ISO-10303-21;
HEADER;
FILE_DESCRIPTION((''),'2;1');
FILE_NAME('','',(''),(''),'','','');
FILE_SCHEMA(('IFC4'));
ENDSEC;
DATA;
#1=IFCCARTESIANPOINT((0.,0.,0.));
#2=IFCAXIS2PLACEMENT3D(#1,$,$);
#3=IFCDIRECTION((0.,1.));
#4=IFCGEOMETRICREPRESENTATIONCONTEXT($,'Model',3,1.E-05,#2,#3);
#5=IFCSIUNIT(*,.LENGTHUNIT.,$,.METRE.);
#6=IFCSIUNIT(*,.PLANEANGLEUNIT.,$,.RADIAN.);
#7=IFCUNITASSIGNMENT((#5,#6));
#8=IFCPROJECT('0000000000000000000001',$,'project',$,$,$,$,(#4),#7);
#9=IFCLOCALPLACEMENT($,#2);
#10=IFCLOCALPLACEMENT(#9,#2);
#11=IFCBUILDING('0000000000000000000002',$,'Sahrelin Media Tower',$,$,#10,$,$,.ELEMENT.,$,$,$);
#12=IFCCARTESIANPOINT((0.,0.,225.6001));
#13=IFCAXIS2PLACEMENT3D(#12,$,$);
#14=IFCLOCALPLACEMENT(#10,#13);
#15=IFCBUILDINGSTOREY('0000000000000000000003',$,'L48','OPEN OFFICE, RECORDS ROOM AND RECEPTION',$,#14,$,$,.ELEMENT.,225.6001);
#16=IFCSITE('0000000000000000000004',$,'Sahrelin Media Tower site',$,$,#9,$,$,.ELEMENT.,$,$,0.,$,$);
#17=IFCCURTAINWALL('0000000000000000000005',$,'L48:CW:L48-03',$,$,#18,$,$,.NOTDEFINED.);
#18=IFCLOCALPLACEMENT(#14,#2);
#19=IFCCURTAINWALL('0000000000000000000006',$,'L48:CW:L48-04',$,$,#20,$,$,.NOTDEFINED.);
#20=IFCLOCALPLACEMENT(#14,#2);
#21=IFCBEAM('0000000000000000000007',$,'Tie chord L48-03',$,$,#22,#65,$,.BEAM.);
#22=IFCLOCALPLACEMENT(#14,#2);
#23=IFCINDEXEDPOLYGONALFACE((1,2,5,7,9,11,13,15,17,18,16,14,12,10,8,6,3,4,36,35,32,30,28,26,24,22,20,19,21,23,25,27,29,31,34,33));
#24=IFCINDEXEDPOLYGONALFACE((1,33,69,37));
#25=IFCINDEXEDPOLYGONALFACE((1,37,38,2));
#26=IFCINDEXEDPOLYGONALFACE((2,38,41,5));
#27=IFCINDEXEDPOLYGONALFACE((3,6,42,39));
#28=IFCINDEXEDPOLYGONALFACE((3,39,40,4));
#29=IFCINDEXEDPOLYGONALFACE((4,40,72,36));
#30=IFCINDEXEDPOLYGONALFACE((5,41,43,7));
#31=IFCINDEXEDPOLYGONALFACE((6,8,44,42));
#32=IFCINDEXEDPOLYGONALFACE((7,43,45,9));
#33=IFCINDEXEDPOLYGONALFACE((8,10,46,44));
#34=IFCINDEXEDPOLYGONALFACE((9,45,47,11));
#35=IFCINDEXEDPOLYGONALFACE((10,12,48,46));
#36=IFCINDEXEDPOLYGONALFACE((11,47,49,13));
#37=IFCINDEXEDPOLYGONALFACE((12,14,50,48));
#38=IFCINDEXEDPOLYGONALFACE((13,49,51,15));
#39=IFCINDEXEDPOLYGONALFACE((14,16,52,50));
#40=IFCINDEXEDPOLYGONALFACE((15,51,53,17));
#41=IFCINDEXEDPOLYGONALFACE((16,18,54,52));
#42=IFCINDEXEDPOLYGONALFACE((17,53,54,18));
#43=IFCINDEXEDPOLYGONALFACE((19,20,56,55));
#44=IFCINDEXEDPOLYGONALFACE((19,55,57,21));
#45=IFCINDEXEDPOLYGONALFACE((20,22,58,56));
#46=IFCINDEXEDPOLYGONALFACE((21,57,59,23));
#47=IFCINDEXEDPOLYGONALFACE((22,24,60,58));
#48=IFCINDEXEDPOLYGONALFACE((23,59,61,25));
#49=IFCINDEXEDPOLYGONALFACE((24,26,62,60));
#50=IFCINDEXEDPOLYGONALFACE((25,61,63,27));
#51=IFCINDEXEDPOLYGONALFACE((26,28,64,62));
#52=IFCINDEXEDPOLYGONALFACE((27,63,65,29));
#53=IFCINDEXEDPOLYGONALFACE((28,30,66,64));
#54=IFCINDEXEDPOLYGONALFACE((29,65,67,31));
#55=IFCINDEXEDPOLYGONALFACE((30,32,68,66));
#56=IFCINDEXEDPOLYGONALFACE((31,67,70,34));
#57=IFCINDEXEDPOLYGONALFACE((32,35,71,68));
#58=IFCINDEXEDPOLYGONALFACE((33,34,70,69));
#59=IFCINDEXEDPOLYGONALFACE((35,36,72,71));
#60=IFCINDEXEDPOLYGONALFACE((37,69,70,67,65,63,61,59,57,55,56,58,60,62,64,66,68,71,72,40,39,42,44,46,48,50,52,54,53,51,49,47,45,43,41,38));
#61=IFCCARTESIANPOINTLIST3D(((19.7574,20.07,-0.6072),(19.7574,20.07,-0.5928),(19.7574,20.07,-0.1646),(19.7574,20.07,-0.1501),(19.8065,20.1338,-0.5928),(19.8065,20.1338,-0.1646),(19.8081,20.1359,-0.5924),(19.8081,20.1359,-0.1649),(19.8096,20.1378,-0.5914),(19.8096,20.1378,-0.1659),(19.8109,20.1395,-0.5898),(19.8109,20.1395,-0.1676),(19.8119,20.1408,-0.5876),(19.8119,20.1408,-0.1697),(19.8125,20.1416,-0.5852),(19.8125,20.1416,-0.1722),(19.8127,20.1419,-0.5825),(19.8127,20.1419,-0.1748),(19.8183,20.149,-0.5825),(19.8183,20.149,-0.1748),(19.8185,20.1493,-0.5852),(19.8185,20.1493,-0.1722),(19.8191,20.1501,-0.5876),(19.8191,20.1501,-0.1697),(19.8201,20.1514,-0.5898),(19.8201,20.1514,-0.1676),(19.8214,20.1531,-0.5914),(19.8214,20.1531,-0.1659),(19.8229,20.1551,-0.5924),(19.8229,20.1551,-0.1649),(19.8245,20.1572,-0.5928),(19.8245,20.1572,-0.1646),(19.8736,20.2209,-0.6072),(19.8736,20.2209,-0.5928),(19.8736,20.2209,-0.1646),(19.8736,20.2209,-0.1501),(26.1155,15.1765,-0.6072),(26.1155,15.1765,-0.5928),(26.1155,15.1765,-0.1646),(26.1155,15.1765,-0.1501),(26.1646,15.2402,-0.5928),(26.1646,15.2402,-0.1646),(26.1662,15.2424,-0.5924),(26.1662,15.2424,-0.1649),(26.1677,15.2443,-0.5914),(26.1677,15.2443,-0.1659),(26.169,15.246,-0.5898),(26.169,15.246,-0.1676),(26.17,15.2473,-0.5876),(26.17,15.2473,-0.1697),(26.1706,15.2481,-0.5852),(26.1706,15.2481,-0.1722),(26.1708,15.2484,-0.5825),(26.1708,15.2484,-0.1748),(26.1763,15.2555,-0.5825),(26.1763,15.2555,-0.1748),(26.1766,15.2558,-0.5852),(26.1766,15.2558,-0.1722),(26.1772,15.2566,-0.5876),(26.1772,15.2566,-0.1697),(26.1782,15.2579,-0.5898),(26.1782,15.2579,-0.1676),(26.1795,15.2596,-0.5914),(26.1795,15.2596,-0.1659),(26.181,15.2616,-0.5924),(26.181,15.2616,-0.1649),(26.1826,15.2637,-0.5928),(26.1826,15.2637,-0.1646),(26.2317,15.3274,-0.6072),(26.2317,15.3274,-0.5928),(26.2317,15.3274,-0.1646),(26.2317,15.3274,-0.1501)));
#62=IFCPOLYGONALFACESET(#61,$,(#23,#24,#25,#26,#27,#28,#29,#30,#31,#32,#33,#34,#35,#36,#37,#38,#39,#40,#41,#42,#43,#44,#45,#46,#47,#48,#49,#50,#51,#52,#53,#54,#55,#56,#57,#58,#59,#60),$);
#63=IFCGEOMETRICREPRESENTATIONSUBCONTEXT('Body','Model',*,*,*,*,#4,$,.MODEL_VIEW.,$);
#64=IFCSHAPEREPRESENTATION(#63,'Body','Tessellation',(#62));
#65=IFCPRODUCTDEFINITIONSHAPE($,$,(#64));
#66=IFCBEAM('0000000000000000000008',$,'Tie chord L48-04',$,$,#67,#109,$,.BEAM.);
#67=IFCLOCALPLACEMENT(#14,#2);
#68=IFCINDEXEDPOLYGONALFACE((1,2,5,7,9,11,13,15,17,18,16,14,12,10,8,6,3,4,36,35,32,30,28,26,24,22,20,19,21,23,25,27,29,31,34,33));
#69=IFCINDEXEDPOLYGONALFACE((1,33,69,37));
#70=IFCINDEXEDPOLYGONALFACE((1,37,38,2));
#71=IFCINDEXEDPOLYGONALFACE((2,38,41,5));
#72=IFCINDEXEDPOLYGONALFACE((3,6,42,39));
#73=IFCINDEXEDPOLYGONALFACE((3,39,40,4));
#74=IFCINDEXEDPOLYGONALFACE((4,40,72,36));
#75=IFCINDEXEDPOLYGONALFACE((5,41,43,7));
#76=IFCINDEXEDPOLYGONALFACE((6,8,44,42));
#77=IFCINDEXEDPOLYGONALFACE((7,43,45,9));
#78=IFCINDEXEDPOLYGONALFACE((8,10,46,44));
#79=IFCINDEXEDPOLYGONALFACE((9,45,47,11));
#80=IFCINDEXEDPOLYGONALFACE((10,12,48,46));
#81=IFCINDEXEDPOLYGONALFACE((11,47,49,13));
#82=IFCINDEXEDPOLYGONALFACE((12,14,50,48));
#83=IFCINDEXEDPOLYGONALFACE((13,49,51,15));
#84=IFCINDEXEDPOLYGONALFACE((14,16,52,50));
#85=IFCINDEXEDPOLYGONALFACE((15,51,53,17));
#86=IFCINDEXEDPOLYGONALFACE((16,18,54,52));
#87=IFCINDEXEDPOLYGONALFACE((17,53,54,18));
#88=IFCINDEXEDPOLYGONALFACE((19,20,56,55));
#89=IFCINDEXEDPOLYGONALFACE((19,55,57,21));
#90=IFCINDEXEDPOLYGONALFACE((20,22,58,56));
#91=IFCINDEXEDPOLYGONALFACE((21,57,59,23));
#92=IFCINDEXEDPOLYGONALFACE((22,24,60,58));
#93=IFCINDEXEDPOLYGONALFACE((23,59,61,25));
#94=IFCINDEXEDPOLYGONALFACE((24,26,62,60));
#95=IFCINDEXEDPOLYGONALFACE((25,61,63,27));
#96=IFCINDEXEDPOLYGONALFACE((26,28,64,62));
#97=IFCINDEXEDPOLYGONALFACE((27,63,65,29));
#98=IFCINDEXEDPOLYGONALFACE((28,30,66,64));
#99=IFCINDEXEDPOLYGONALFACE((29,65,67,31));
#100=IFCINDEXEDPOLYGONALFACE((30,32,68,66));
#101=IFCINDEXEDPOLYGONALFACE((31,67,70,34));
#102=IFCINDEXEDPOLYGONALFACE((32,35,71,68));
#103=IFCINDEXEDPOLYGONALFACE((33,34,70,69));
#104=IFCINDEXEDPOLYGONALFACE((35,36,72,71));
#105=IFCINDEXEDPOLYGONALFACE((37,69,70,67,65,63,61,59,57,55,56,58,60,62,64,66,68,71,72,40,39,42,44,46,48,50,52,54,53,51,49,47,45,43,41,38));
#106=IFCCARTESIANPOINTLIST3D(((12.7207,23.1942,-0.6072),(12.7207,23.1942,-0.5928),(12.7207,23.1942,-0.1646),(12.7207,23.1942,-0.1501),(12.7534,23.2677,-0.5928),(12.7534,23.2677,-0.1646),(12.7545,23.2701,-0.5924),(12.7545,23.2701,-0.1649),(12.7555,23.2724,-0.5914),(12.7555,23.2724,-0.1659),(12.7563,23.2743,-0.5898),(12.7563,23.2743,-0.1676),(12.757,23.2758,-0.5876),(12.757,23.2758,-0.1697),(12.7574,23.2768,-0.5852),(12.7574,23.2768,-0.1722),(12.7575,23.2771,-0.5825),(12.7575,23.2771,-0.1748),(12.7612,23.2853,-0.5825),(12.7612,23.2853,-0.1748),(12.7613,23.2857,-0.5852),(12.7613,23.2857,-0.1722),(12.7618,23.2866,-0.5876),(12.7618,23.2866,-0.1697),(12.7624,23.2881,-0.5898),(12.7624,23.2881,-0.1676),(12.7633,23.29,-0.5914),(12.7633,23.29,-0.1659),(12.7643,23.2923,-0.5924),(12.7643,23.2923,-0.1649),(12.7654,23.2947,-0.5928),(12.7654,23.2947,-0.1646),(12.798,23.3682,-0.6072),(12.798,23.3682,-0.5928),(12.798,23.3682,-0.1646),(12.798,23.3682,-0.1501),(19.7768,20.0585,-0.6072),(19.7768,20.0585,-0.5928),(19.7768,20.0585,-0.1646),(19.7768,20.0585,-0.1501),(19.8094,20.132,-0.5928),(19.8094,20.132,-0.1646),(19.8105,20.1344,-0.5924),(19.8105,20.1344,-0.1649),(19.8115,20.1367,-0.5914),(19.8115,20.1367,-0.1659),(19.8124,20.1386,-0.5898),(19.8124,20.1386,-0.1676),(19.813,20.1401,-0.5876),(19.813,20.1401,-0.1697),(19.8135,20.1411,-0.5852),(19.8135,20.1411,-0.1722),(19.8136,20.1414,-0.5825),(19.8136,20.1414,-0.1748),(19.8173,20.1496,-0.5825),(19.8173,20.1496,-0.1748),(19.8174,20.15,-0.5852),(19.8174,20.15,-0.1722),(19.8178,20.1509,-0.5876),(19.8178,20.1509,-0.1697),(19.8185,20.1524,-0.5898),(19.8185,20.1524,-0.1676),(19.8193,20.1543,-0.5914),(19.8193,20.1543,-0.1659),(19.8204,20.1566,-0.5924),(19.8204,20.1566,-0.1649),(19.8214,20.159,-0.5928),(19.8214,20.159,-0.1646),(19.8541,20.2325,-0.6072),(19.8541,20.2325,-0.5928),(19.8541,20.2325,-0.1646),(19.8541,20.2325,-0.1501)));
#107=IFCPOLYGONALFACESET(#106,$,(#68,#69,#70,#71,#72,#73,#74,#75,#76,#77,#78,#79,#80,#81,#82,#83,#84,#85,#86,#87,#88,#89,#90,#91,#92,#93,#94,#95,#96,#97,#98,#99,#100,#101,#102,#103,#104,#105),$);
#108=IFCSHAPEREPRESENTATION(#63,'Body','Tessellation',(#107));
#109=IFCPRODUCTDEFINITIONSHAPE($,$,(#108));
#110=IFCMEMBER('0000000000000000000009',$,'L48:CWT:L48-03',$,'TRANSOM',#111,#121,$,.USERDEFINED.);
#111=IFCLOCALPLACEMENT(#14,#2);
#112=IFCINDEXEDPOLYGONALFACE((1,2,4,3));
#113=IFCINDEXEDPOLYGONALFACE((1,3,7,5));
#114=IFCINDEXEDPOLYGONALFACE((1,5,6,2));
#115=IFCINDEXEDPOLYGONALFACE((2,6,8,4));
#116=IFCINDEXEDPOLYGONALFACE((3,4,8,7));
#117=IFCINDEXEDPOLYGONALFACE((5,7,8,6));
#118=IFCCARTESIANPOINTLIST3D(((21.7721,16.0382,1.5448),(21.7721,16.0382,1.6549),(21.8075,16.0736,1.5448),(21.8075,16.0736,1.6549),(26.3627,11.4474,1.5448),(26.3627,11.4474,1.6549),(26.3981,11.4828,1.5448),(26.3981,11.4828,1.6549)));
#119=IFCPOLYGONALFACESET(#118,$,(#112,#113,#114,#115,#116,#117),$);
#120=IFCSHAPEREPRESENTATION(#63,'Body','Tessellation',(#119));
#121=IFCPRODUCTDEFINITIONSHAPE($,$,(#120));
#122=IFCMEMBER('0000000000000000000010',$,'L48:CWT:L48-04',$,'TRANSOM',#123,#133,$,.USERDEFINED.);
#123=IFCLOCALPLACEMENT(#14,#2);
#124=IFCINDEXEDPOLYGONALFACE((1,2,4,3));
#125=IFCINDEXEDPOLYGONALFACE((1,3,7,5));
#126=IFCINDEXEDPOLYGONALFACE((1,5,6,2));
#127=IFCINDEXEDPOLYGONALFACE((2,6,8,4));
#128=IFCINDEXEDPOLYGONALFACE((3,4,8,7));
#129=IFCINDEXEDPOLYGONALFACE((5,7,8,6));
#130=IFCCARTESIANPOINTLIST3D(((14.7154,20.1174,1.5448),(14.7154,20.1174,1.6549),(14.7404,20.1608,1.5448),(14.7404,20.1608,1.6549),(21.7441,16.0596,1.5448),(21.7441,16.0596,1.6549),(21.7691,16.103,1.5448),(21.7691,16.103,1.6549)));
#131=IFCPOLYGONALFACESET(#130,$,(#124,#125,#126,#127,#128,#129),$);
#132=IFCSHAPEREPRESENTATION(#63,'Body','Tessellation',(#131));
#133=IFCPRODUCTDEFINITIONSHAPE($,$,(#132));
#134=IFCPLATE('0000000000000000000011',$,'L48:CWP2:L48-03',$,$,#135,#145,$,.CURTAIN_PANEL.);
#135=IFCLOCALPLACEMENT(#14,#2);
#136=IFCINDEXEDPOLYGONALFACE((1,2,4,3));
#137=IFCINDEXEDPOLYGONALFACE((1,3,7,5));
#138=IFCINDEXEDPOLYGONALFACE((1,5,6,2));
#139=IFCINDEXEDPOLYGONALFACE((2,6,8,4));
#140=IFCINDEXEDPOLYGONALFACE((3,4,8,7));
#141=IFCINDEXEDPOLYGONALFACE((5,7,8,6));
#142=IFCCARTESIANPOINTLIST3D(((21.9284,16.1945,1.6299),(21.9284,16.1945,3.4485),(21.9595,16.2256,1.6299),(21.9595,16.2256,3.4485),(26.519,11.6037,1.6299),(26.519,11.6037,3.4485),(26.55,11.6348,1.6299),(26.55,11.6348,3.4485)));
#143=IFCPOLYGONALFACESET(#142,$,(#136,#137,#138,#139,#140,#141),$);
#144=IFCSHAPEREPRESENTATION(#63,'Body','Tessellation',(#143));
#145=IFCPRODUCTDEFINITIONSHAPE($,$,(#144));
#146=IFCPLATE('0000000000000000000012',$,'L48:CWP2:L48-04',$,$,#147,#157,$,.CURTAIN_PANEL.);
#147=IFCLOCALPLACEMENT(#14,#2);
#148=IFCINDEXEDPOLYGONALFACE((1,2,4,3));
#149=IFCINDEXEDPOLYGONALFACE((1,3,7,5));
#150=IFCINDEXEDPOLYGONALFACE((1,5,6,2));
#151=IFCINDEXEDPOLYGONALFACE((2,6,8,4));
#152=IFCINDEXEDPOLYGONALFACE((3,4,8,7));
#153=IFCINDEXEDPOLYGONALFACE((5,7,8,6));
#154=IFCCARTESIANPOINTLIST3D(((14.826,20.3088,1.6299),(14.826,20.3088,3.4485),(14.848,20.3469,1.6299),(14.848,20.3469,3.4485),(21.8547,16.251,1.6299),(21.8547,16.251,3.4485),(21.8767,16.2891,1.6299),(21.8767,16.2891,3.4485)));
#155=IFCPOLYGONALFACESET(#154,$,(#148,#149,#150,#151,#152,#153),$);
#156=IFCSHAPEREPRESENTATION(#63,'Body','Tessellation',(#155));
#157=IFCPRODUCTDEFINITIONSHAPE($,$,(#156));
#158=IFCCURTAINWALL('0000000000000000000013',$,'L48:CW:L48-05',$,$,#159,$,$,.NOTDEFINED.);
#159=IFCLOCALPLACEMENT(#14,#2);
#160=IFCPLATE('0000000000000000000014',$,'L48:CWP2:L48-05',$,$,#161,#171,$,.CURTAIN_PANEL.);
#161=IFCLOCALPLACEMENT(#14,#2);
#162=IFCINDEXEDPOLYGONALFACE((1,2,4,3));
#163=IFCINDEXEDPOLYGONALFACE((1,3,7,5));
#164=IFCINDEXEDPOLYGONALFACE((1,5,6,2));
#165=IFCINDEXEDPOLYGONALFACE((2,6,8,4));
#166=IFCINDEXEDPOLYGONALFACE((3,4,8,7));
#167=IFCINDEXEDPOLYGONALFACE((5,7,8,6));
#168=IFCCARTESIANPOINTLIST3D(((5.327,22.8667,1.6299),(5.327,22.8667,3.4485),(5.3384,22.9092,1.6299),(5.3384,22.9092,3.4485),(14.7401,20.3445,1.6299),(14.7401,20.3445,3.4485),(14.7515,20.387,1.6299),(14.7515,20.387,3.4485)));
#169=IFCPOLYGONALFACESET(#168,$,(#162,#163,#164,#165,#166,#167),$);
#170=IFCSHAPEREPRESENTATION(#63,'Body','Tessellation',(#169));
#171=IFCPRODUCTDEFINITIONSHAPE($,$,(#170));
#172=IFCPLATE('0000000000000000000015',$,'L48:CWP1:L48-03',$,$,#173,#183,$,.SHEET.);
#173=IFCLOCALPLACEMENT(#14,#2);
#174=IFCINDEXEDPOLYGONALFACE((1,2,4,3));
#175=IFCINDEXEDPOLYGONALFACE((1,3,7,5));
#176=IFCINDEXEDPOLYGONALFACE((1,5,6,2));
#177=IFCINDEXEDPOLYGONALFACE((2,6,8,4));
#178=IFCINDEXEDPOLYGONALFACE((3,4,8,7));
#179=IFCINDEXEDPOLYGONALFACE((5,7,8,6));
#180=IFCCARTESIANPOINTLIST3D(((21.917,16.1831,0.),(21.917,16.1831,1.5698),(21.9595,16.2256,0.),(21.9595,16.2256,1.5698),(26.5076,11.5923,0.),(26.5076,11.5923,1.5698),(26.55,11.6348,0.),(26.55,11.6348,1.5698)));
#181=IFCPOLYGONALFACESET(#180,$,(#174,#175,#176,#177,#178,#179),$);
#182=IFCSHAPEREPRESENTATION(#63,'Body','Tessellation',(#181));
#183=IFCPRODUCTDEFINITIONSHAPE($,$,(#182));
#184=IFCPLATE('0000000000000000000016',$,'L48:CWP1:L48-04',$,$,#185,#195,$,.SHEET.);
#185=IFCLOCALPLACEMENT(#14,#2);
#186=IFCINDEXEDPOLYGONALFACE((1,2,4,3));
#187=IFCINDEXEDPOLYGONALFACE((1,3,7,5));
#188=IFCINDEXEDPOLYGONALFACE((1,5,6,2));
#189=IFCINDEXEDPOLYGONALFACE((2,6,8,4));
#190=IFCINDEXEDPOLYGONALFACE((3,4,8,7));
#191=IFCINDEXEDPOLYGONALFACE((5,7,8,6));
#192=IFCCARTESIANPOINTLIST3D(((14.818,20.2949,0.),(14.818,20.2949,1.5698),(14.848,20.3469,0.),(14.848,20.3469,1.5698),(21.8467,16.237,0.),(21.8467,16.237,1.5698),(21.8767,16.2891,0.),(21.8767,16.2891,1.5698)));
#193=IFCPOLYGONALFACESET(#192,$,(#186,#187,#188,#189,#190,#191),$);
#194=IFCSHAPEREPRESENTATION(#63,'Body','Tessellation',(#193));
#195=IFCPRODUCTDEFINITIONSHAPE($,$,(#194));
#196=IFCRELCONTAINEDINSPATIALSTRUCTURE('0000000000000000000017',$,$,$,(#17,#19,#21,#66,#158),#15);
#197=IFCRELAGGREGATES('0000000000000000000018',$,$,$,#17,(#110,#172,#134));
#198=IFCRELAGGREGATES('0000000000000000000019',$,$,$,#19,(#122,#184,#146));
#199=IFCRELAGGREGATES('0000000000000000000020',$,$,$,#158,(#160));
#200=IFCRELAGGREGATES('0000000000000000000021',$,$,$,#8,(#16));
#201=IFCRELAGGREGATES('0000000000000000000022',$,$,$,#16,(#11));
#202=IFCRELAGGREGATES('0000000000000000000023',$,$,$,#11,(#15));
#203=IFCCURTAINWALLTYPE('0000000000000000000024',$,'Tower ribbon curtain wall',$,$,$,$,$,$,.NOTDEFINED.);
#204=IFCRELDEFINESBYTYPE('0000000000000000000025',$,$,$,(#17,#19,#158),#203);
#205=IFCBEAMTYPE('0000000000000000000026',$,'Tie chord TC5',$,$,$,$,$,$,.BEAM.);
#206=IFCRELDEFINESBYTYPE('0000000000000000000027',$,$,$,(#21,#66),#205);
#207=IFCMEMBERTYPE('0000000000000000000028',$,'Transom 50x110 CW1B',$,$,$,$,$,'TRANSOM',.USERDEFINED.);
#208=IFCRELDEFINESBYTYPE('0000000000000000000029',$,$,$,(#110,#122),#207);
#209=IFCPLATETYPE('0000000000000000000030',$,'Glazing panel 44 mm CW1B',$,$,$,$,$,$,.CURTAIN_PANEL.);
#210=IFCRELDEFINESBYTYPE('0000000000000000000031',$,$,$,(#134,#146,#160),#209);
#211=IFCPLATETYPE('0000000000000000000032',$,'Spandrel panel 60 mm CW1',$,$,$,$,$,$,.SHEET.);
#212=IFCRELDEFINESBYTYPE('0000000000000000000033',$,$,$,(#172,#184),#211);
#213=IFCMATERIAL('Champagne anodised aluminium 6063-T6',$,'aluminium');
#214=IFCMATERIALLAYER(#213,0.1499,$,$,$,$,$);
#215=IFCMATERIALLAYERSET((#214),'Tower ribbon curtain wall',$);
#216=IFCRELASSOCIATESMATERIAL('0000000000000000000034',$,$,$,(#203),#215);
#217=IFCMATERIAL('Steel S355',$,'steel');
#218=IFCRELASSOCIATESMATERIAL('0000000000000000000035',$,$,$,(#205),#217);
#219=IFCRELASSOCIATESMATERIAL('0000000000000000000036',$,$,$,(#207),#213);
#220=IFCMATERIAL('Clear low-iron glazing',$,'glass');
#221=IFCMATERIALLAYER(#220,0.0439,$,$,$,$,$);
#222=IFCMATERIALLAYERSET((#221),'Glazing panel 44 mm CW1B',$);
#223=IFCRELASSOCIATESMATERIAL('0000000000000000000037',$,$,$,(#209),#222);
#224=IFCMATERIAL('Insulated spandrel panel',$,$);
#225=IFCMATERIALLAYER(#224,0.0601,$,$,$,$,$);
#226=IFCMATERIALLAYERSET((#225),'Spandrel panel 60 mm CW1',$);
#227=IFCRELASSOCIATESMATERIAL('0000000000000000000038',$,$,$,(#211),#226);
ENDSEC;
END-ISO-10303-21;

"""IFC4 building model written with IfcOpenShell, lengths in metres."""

from ifc_helpers import new_model, si_unit, direction, frame, origin, origin_2d, place, context, subcontext, project, spatial, polyline, rectangle, i_section, outline, extrude, material, layer, layer_set, material_profile, profile_set, type_object, element, aggregate, save


model = new_model("IFC4")

# Units and contexts
model_context = context("Model", 3, precision=1e-05, world=origin(), true_north=direction((0.0, 1.0)))
body_context = subcontext(model_context, "Body", "Model", "MODEL_VIEW")
ifc_project = project(units=[si_unit("LENGTHUNIT", "METRE"), si_unit("PLANEANGLEUNIT", "RADIAN")], contexts=[model_context])

# Site, building, storey
site_placement = place(None, origin())
site = spatial("IfcSite", under=ifc_project, at=site_placement, Name="Sahrelin Media Tower site", CompositionType="ELEMENT", RefElevation=0.0)
building_placement = place(site_placement, origin())
building = spatial("IfcBuilding", under=site, at=building_placement, Name="Sahrelin Media Tower", CompositionType="ELEMENT")
storey_placement = place(building_placement, frame((0.0, 0.0, 225.6001)))
storey = spatial("IfcBuildingStorey", under=building, at=storey_placement, Name="L48", Description="OPEN OFFICE, RECORDS ROOM AND RECEPTION", CompositionType="ELEMENT", Elevation=225.6001)

# Shared definitions
ifc_material_1 = material(Name="Steel S355", Category="steel")

# Curtain walls
ifc_material_2 = material(Name="Champagne anodised aluminium 6063-T6", Category="aluminium")
ifc_layer_1 = layer(ifc_material_2, 0.1499)
ifc_layer_set_1 = layer_set([ifc_layer_1], Name="Tower ribbon curtain wall")
curtain_wall_type = type_object("IfcCurtainWallType", Name="Tower ribbon curtain wall", PredefinedType="NOTDEFINED", material=ifc_layer_set_1)
curtain_wall_1_placement = place(storey_placement, frame((24.2405, 13.916, 0.0), z_axis=(0.0, 0.0, 1.0), x_axis=(1.0, 0.0, 0.0)))
curtain_wall_1 = element("IfcCurtainWall", 1, at=curtain_wall_1_placement, inside=storey, type_object=curtain_wall_type, Name="L48:CW:L48-03", PredefinedType="NOTDEFINED")
curtain_wall_2_placement = place(storey_placement, frame((18.3523, 18.3008, 0.0), z_axis=(0.0, 0.0, 1.0), x_axis=(1.0, 0.0, 0.0)))
curtain_wall_2 = element("IfcCurtainWall", 2, at=curtain_wall_2_placement, inside=storey, type_object=curtain_wall_type, Name="L48:CW:L48-04", PredefinedType="NOTDEFINED")

# Beams
ifc_material_profile_1 = material_profile(ifc_material_1, i_section(OverallWidth=0.1904, OverallDepth=0.457, WebThickness=0.009, FlangeThickness=0.0144, FilletRadius=0.0103, at=origin_2d()), Name="UB 457x191x74")
ifc_profile_set_1 = profile_set([ifc_material_profile_1], Name="Steel S355")
beam_type_1 = type_object("IfcBeamType", Name="Tie chord TC5", PredefinedType="BEAM", material=ifc_profile_set_1)
beam_1_placement = place(storey_placement, frame((26.1736, 15.252, -0.3787), z_axis=(-0.792463, 0.60992, 0.0), x_axis=(-0.60992, -0.792463, 0.0)))
element("IfcBeam", 3, at=beam_1_placement, inside=storey, type_object=beam_type_1, Name="Tie chord L48-03", PredefinedType="BEAM", context=body_context, shape_type="SweptSolid", body=[
    extrude(i_section(OverallWidth=0.1904, OverallDepth=0.457, WebThickness=0.009, FlangeThickness=0.0144, FilletRadius=0.0103, at=origin_2d()), origin(), (0.0, 0.0, 1.0), 8.0232),
])
beam_2_placement = place(storey_placement, frame((19.8154, 20.1455, -0.3787), z_axis=(-0.913827, 0.406103, 0.0), x_axis=(-0.406103, -0.913827, 0.0)))
element("IfcBeam", 4, at=beam_2_placement, inside=storey, type_object=beam_type_1, Name="Tie chord L48-04", PredefinedType="BEAM", context=body_context, shape_type="SweptSolid", body=[
    extrude(i_section(OverallWidth=0.1904, OverallDepth=0.457, WebThickness=0.009, FlangeThickness=0.0144, FilletRadius=0.0103, at=origin_2d()), origin(), (0.0, 0.0, 1.0), 7.7214),
])

# Members
ifc_material_profile_2 = material_profile(ifc_material_2, rectangle(XDim=0.05, YDim=0.1101, at=origin_2d()), Name="Transom 50x110")
ifc_profile_set_2 = profile_set([ifc_material_profile_2], Name="Champagne anodised aluminium 6063-T6")
member_type_1 = type_object("IfcMemberType", Name="Transom 50x110 CW1B", ElementType="TRANSOM", PredefinedType="USERDEFINED", material=ifc_profile_set_2)
member_1_placement = place(storey_placement, frame((26.3804, 11.4651, 1.5999), z_axis=(-0.707088, 0.707126, 0.0), x_axis=(-0.707126, -0.707088, 0.0)))
member_1 = element("IfcMember", 5, at=member_1_placement, type_object=member_type_1, Name="L48:CWT:L48-03", ObjectType="TRANSOM", PredefinedType="USERDEFINED", context=body_context, shape_type="SweptSolid", body=[
    extrude(rectangle(XDim=0.05, YDim=0.1101, at=origin_2d()), origin(), (0.0, 0.0, 1.0), 6.4922),
])
member_2_placement = place(storey_placement, frame((21.7566, 16.0813, 1.5999), z_axis=(-0.866037, 0.499979, 0.0), x_axis=(-0.499979, -0.866037, 0.0)))
member_2 = element("IfcMember", 6, at=member_2_placement, type_object=member_type_1, Name="L48:CWT:L48-04", ObjectType="TRANSOM", PredefinedType="USERDEFINED", context=body_context, shape_type="SweptSolid", body=[
    extrude(rectangle(XDim=0.05, YDim=0.1101, at=origin_2d()), origin(), (0.0, 0.0, 1.0), 8.116),
])

# Plates
ifc_material_3 = material(Name="Clear low-iron glazing", Category="glass")
ifc_layer_2 = layer(ifc_material_3, 0.0439)
ifc_layer_set_2 = layer_set([ifc_layer_2], Name="Glazing panel 44 mm CW1B")
plate_type_1 = type_object("IfcPlateType", Name="Glazing panel 44 mm CW1B", PredefinedType="CURTAIN_PANEL", material=ifc_layer_set_2)
plate_1_placement = place(storey_placement, frame((26.55, 11.6348, 1.6299), z_axis=(0.707126, 0.707088, 0.0), x_axis=(-0.707088, 0.707126, 0.0)))
plate_1 = element("IfcPlate", 7, at=plate_1_placement, type_object=plate_type_1, Name="L48:CWP2:L48-03", PredefinedType="CURTAIN_PANEL", context=body_context, shape_type="SweptSolid", body=[
    extrude(outline(polyline([(0.0, 0.0), (6.4922, 0.0), (6.4922, 1.8186), (0.0, 1.8186), (0.0, 0.0)])), origin(), (0.0, 0.0, -1.0), 0.0439),
])
plate_2_placement = place(storey_placement, frame((21.8767, 16.2891, 1.6299), z_axis=(0.499979, 0.866037, 0.0), x_axis=(-0.866037, 0.499979, 0.0)))
plate_2 = element("IfcPlate", 8, at=plate_2_placement, type_object=plate_type_1, Name="L48:CWP2:L48-04", PredefinedType="CURTAIN_PANEL", context=body_context, shape_type="SweptSolid", body=[
    extrude(outline(polyline([(0.0, 0.0), (8.116, 0.0), (8.116, 1.8186), (0.0, 1.8186), (0.0, 0.0)])), origin(), (0.0, 0.0, -1.0), 0.0439),
])

# Curtain wall, plate
curtain_wall_3_placement = place(storey_placement, frame((10.0398, 21.6289, 0.0), z_axis=(0.0, 0.0, 1.0), x_axis=(1.0, 0.0, 0.0)))
curtain_wall_3 = element("IfcCurtainWall", 9, at=curtain_wall_3_placement, inside=storey, type_object=curtain_wall_type, Name="L48:CW:L48-05", PredefinedType="NOTDEFINED")
plate_3_placement = place(storey_placement, frame((14.7515, 20.387, 1.6299), z_axis=(0.258818, 0.965926, 0.0), x_axis=(-0.965926, 0.258818, 0.0)))
plate_3 = element("IfcPlate", 10, at=plate_3_placement, type_object=plate_type_1, Name="L48:CWP2:L48-05", PredefinedType="CURTAIN_PANEL", context=body_context, shape_type="SweptSolid", body=[
    extrude(outline(polyline([(0.0, 0.0), (9.7451, 0.0), (9.7451, 1.8186), (0.0, 1.8186), (0.0, 0.0)])), origin(), (0.0, 0.0, -1.0), 0.0439),
])

# Plates
ifc_material_4 = material(Name="Insulated spandrel panel")
ifc_layer_3 = layer(ifc_material_4, 0.0601)
ifc_layer_set_3 = layer_set([ifc_layer_3], Name="Spandrel panel 60 mm CW1")
plate_type_2 = type_object("IfcPlateType", Name="Spandrel panel 60 mm CW1", PredefinedType="SHEET", material=ifc_layer_set_3)
plate_4_placement = place(storey_placement, frame((26.55, 11.6348, 0.0), z_axis=(0.707126, 0.707088, 0.0), x_axis=(-0.707088, 0.707126, 0.0)))
plate_4 = element("IfcPlate", 11, at=plate_4_placement, type_object=plate_type_2, Name="L48:CWP1:L48-03", PredefinedType="SHEET", context=body_context, shape_type="SweptSolid", body=[
    extrude(outline(polyline([(0.0, 0.0), (6.4922, 0.0), (6.4922, 1.5698), (0.0, 1.5698), (0.0, 0.0)])), origin(), (0.0, 0.0, -1.0), 0.0601),
])
aggregate(curtain_wall_1, [member_1, plate_4, plate_1])
plate_5_placement = place(storey_placement, frame((21.8767, 16.2891, 0.0), z_axis=(0.499979, 0.866037, 0.0), x_axis=(-0.866037, 0.499979, 0.0)))
plate_5 = element("IfcPlate", 12, at=plate_5_placement, type_object=plate_type_2, Name="L48:CWP1:L48-04", PredefinedType="SHEET", context=body_context, shape_type="SweptSolid", body=[
    extrude(outline(polyline([(0.0, 0.0), (8.116, 0.0), (8.116, 1.5698), (0.0, 1.5698), (0.0, 0.0)])), origin(), (0.0, 0.0, -1.0), 0.0601),
])
aggregate(curtain_wall_2, [member_2, plate_5, plate_2])
aggregate(curtain_wall_3, [plate_3])

save(model, "model.ifc")
